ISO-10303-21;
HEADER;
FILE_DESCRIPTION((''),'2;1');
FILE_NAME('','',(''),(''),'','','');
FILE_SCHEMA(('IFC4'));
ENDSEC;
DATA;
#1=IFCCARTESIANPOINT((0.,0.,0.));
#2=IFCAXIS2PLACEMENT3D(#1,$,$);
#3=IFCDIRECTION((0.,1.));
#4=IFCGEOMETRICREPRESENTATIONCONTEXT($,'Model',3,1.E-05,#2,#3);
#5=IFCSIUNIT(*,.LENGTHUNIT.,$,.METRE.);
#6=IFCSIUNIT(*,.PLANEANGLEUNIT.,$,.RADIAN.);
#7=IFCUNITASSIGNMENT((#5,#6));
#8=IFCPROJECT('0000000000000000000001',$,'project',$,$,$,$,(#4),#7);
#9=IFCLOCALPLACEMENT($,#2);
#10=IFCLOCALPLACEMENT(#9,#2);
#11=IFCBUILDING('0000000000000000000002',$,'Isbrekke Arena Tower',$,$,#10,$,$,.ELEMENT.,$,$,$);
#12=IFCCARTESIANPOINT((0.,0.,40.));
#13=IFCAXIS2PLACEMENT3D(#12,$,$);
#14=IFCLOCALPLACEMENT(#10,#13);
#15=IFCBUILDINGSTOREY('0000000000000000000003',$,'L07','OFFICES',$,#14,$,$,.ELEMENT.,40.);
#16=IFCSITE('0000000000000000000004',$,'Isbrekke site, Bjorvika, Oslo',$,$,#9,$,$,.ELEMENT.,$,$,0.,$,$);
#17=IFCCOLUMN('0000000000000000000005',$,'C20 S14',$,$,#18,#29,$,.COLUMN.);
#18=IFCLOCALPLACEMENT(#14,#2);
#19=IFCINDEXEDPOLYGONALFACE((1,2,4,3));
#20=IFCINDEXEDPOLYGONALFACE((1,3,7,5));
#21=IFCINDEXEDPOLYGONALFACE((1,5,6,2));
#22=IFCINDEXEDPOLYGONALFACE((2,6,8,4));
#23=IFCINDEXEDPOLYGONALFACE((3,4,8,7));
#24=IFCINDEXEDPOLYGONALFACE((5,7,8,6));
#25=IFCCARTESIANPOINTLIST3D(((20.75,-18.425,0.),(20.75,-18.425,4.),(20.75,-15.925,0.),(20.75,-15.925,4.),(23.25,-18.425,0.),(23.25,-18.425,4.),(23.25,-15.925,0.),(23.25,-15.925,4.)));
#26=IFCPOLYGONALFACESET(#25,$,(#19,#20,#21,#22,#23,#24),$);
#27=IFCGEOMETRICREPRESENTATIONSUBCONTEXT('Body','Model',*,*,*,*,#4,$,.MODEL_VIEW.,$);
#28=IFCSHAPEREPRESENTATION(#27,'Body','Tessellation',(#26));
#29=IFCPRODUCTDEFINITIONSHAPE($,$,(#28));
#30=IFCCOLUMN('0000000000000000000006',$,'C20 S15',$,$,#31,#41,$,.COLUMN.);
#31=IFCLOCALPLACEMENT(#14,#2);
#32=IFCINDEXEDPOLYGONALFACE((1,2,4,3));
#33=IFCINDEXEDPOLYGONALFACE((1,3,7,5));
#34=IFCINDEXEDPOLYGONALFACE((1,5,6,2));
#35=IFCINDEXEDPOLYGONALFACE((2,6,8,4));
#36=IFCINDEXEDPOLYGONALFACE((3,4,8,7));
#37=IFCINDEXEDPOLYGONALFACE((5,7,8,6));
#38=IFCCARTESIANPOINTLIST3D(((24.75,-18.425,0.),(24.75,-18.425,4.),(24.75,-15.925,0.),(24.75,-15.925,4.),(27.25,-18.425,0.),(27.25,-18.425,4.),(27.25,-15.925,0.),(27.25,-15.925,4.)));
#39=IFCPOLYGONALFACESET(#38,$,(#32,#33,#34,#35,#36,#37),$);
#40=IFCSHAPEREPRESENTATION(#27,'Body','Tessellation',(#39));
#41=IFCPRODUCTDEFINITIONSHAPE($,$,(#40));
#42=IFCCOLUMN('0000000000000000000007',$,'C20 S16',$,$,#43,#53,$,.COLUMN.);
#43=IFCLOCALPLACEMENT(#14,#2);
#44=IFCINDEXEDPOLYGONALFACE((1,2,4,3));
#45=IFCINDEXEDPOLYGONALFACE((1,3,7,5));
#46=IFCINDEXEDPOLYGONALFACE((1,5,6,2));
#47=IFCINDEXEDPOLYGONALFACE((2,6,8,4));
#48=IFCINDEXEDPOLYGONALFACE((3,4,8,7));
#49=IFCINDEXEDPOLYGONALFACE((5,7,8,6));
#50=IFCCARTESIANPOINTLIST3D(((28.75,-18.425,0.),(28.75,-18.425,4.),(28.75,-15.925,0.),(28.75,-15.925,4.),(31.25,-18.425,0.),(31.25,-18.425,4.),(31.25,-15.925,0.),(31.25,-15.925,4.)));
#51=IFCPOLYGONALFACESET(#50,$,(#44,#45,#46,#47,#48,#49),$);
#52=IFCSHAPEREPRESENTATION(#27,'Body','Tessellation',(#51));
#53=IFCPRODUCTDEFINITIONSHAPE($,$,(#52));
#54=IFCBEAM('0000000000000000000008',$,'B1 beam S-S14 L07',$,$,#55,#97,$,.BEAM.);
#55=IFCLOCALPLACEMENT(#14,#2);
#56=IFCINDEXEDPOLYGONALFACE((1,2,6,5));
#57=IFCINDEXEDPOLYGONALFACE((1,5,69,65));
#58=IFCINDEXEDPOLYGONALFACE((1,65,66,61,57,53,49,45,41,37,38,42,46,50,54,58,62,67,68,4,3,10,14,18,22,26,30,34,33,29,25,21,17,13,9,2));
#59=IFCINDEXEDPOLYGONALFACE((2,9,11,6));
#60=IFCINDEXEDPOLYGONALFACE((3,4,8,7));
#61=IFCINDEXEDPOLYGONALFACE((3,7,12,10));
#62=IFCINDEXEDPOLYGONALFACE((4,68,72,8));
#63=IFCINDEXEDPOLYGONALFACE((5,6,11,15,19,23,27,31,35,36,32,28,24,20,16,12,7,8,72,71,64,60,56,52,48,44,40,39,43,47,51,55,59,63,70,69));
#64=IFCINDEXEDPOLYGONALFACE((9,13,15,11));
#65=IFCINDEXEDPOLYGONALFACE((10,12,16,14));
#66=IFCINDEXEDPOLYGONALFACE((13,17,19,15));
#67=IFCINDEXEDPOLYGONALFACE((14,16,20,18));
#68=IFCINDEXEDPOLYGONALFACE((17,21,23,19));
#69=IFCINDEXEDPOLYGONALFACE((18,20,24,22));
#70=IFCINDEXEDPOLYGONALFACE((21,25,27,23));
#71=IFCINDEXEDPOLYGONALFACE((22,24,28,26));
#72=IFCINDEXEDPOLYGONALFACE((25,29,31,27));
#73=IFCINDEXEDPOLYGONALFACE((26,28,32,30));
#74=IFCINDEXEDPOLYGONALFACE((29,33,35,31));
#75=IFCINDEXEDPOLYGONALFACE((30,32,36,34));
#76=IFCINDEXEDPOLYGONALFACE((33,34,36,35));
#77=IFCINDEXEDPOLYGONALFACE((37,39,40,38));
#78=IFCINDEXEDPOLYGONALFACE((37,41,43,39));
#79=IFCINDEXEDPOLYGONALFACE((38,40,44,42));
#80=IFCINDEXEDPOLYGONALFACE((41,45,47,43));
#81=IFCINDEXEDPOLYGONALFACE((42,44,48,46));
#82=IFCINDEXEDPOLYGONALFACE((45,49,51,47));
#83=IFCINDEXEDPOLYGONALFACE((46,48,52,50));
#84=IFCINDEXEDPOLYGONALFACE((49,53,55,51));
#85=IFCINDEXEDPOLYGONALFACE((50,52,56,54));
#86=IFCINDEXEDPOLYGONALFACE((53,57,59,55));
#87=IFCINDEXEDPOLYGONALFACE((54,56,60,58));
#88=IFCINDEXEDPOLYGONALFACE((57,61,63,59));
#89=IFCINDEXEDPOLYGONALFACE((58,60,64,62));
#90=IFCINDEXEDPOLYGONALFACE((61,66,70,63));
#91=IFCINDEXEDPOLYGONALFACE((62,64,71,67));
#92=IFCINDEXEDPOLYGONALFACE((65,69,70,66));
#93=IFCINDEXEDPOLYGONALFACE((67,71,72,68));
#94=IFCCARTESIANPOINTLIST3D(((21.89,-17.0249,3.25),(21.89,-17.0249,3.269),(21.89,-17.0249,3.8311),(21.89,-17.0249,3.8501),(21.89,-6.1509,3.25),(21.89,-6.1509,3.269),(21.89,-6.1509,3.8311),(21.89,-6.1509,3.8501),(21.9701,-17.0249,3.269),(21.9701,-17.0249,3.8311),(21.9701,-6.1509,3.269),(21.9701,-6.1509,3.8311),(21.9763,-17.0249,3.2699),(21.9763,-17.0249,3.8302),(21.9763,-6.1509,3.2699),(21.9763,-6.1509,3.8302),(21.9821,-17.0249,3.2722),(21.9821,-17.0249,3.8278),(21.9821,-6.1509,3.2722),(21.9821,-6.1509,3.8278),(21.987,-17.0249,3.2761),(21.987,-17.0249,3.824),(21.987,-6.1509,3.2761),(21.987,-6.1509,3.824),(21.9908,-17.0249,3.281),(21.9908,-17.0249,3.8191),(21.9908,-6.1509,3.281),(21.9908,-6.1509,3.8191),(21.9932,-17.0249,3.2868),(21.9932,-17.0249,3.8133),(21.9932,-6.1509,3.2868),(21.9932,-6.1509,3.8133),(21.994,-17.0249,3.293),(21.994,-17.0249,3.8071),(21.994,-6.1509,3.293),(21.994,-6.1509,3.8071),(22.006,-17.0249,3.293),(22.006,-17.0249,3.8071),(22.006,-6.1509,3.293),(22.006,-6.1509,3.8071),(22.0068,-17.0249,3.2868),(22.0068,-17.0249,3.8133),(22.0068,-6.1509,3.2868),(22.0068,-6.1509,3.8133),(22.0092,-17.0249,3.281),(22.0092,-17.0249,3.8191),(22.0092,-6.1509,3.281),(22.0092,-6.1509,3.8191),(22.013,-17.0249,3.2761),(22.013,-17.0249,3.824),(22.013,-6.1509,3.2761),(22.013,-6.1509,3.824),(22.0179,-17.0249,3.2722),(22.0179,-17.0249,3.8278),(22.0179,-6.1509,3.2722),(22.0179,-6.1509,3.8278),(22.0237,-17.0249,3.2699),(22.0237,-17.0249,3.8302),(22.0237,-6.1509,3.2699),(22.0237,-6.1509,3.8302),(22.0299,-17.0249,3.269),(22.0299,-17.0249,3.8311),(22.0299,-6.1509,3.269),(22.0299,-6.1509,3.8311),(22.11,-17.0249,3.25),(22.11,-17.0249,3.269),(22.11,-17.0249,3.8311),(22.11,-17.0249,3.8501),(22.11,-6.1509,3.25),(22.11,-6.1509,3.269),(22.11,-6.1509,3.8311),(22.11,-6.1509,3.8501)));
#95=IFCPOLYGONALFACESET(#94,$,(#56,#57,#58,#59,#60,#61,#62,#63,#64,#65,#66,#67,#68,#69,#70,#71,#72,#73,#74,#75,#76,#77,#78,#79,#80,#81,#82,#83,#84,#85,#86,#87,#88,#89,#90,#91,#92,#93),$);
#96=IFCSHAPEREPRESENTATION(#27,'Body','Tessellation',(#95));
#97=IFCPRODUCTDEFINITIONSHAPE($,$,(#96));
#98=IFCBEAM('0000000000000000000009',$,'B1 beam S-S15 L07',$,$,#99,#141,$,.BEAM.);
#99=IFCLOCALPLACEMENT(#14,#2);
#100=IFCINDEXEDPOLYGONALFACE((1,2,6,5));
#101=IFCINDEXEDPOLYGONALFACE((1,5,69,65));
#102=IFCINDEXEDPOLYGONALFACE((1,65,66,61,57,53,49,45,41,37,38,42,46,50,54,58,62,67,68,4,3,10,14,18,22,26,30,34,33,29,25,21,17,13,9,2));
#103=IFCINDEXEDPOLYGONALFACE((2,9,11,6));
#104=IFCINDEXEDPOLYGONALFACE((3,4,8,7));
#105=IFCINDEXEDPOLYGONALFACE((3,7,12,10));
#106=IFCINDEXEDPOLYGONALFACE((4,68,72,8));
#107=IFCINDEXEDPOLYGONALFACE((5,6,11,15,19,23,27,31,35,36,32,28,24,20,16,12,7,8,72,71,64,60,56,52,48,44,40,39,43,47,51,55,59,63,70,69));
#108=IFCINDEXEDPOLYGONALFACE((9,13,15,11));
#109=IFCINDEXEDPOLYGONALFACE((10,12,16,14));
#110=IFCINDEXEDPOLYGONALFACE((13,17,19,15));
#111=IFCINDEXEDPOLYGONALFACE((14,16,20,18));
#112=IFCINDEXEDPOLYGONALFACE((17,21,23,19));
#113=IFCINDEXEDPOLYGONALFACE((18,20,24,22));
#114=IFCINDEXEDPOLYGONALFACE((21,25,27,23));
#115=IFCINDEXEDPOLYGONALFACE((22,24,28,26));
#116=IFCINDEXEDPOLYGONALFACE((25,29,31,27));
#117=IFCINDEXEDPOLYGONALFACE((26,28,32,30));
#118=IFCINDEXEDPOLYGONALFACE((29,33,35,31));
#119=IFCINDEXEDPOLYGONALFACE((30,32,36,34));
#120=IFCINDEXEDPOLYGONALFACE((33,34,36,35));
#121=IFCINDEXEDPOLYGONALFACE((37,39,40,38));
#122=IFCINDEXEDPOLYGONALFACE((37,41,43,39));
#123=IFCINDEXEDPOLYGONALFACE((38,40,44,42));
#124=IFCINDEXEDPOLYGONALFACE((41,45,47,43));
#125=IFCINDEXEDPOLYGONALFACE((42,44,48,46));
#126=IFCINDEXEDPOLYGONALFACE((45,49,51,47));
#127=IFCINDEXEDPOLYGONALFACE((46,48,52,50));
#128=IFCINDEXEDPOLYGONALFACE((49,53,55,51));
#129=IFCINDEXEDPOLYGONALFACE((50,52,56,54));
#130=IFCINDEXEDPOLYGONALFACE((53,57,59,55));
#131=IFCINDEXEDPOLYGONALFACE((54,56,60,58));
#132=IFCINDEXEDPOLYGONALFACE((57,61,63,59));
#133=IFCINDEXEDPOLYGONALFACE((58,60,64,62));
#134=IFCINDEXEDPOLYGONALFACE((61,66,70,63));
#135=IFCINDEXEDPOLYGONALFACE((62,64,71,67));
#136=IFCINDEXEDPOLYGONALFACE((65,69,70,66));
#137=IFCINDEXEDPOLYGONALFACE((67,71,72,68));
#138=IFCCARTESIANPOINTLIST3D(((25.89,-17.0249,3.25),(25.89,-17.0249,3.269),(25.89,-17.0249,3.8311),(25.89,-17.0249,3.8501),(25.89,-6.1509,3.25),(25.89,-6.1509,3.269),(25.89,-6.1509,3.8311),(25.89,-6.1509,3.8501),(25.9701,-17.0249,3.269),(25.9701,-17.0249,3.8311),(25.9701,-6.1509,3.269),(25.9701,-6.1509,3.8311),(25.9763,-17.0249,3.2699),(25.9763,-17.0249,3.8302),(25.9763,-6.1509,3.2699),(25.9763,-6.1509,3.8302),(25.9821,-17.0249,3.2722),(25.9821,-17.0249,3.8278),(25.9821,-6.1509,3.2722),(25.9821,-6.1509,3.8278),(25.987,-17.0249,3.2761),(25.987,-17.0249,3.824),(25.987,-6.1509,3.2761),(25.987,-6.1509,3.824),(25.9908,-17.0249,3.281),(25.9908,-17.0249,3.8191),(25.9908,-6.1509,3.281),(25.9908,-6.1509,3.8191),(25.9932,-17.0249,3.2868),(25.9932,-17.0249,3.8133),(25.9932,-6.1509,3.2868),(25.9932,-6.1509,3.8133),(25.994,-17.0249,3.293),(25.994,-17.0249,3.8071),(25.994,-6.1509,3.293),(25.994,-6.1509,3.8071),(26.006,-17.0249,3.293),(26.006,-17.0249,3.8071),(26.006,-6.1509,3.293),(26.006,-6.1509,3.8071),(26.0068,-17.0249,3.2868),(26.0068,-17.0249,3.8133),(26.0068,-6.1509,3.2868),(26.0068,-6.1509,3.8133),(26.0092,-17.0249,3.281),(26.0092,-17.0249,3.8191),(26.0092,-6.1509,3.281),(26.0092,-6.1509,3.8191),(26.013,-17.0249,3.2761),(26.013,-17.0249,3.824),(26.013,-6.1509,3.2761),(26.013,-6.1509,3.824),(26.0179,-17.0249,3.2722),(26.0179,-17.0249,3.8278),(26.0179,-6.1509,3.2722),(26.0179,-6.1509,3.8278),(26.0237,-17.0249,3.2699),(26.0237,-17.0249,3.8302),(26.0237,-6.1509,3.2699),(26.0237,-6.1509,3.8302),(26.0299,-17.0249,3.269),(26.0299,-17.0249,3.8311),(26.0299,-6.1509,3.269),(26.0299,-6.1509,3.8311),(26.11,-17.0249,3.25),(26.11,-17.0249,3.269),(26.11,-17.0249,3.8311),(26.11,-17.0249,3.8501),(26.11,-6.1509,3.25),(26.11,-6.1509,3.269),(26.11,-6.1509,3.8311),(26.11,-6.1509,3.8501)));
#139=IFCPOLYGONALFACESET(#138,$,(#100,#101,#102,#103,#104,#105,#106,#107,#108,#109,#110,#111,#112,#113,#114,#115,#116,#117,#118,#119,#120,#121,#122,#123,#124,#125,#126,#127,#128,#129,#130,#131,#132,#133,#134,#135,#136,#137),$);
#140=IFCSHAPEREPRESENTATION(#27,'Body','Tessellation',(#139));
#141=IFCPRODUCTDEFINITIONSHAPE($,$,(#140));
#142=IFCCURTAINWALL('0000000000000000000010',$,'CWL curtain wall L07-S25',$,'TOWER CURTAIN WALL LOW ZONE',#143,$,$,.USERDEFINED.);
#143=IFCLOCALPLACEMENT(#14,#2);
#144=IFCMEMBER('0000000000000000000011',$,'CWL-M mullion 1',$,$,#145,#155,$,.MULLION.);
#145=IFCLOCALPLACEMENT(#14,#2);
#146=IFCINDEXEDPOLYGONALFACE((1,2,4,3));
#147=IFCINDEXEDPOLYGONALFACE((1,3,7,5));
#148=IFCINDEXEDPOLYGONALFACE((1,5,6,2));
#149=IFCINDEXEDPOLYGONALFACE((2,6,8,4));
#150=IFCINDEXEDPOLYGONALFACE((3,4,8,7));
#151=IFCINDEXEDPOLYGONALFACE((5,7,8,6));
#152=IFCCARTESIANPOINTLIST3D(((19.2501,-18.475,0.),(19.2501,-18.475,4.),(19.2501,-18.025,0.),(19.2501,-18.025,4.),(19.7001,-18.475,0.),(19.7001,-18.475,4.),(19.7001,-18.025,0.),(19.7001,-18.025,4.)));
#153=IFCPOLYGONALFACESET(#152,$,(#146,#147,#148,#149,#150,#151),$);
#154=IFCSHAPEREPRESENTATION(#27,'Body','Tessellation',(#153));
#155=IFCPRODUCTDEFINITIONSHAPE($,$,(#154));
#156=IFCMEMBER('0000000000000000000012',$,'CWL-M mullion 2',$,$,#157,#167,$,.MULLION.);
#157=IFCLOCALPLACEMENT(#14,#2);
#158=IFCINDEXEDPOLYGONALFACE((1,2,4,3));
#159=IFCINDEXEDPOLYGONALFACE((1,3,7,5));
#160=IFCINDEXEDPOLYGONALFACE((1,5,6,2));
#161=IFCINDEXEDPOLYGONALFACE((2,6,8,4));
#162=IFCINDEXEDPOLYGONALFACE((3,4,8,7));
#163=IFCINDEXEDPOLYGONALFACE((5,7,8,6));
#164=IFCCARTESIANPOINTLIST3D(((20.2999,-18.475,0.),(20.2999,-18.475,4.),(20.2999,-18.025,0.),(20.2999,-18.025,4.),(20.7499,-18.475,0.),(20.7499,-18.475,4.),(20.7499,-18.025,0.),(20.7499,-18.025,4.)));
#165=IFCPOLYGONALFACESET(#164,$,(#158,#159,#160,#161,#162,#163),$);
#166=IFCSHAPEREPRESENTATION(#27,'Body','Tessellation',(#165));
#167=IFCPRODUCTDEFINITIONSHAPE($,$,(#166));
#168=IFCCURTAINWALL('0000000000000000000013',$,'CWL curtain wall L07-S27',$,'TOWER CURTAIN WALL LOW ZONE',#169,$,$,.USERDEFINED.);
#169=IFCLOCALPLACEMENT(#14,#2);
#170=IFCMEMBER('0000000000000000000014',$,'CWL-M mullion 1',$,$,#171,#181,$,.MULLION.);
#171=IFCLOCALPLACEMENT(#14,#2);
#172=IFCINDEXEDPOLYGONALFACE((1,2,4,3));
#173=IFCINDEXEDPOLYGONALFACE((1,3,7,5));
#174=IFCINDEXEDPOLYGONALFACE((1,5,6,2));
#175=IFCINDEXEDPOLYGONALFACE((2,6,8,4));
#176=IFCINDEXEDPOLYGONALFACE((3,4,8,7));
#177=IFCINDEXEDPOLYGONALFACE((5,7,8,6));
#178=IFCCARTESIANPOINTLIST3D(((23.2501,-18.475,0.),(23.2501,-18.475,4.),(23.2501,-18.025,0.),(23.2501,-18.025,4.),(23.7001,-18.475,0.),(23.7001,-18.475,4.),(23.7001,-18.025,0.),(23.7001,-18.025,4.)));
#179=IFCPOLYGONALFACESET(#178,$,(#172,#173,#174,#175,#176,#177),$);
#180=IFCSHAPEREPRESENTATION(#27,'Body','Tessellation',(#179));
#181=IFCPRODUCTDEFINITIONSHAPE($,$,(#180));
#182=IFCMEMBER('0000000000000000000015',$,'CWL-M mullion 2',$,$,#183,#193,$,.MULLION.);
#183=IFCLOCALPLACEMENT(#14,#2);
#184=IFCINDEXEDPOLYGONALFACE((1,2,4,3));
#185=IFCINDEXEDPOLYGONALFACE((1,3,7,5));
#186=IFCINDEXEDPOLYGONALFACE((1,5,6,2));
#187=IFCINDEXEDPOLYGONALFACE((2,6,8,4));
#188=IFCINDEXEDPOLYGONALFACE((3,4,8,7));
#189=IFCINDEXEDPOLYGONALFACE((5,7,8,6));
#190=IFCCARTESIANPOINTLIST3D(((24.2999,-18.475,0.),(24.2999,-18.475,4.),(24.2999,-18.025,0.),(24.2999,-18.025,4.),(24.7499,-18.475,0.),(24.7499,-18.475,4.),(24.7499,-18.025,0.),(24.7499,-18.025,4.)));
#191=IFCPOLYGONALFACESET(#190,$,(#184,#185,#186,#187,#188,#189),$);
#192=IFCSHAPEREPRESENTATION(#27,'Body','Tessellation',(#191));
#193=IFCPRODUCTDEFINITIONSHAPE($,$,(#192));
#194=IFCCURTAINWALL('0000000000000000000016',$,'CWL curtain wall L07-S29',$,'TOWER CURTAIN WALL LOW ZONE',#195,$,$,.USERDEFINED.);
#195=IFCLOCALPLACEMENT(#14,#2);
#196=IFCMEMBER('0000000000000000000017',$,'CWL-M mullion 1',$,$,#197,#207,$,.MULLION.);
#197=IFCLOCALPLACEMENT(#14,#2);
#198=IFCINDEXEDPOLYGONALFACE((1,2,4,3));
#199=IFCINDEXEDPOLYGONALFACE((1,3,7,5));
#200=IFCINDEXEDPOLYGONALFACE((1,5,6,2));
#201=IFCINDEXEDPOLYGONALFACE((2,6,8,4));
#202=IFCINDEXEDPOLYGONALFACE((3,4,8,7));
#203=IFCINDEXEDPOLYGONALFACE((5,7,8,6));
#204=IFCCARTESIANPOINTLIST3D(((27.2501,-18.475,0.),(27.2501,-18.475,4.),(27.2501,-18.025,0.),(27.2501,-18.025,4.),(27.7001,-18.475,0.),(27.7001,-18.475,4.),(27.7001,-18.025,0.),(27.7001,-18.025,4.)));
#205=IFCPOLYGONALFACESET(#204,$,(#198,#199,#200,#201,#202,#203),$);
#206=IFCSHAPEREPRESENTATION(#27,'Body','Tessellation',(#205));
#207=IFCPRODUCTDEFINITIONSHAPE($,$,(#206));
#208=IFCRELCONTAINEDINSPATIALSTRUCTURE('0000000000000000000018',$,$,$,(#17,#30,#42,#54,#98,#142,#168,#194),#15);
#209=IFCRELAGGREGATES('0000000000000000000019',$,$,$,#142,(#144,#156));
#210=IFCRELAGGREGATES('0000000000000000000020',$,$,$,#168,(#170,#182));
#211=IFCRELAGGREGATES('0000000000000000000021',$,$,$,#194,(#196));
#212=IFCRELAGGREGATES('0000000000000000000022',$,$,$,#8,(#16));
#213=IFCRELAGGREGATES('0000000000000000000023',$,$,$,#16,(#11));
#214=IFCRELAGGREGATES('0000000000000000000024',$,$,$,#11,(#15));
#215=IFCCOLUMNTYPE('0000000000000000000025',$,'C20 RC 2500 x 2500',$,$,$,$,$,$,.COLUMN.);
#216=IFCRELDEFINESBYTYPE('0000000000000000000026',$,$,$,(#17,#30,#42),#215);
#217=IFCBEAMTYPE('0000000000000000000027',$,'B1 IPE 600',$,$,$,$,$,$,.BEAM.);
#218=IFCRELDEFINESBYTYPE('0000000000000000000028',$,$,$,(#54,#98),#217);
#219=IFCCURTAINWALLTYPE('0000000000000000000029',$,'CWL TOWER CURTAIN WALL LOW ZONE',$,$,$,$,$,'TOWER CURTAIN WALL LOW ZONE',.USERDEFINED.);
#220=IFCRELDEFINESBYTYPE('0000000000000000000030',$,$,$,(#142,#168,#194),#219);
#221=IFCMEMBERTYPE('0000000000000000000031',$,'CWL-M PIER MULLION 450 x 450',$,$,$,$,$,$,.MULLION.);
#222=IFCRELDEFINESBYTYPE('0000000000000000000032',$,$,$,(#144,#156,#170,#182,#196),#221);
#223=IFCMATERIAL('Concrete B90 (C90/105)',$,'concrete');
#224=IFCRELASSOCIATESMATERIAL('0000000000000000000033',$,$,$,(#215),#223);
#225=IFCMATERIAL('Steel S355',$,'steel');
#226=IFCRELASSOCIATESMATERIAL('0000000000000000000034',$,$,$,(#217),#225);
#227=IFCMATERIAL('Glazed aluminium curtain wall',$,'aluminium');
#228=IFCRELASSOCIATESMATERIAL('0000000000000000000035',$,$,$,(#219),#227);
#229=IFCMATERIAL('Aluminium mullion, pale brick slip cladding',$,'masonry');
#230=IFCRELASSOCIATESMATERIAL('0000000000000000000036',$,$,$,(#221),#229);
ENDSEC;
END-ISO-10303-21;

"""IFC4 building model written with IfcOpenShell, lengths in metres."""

from ifc_helpers import new_model, si_unit, direction, frame, origin, origin_2d, place, context, subcontext, project, spatial, rectangle, i_section, extrude, material, material_profile, profile_set, type_object, element, aggregate, save


model = new_model("IFC4")

# Units and contexts
model_context = context("Model", 3, precision=1e-05, world=origin(), true_north=direction((0.0, 1.0)))
body_context = subcontext(model_context, "Body", "Model", "MODEL_VIEW")
ifc_project = project(units=[si_unit("LENGTHUNIT", "METRE"), si_unit("PLANEANGLEUNIT", "RADIAN")], contexts=[model_context])

# Site, building, storey
site_placement = place(None, origin())
site = spatial("IfcSite", under=ifc_project, at=site_placement, Name="Isbrekke site, Bjorvika, Oslo", CompositionType="ELEMENT", RefElevation=0.0)
building_placement = place(site_placement, origin())
building = spatial("IfcBuilding", under=site, at=building_placement, Name="Isbrekke Arena Tower", CompositionType="ELEMENT")
storey_placement = place(building_placement, frame((0.0, 0.0, 40.0)))
storey = spatial("IfcBuildingStorey", under=building, at=storey_placement, Name="L07", Description="OFFICES", CompositionType="ELEMENT", Elevation=40.0)

# Columns
ifc_material_1 = material(Name="Concrete B90 (C90/105)", Category="concrete")
ifc_material_profile_1 = material_profile(ifc_material_1, rectangle(XDim=2.5, YDim=2.5, at=origin_2d()), Name="RC 2500x2500")
ifc_profile_set_1 = profile_set([ifc_material_profile_1], Name="Concrete B90 (C90/105)")
column_type = type_object("IfcColumnType", Name="C20 RC 2500 x 2500", PredefinedType="COLUMN", material=ifc_profile_set_1)
for number, where, z_axis, x_axis, name in (
    (1, (22.0, -17.175, 0.0), (0.0, 0.0, 1.0), (1.0, 0.0, 0.0), "C20 S14"),
    (2, (26.0, -17.175, 0.0), (0.0, 0.0, 1.0), (1.0, 0.0, 0.0), "C20 S15"),
    (3, (30.0, -17.175, 0.0), (0.0, 0.0, 1.0), (1.0, 0.0, 0.0), "C20 S16"),
):
    element("IfcColumn", number, at=place(storey_placement, frame(where, z_axis=z_axis, x_axis=x_axis)), inside=storey, type_object=column_type, Name=name, PredefinedType="COLUMN", context=body_context, shape_type="SweptSolid", body=[
        extrude(rectangle(XDim=2.5, YDim=2.5, at=origin_2d()), origin(), (0.0, 0.0, 1.0), 4.0),
    ])

# Beams
ifc_material_2 = material(Name="Steel S355", Category="steel")
ifc_material_profile_2 = material_profile(ifc_material_2, i_section(OverallWidth=0.22, OverallDepth=0.6001, WebThickness=0.012, FlangeThickness=0.019, FilletRadius=0.0239, at=origin_2d()), Name="IPE 600")
ifc_profile_set_2 = profile_set([ifc_material_profile_2], Name="Steel S355")
beam_type_1 = type_object("IfcBeamType", Name="B1 IPE 600", PredefinedType="BEAM", material=ifc_profile_set_2)
for number, where, z_axis, x_axis, name in (
    (4, (22.0, -17.0249, 3.55), (0.0, 1.0, 0.0), (-1.0, 0.0, 0.0), "B1 beam S-S14 L07"),
    (5, (26.0, -17.0249, 3.55), (0.0, 1.0, 0.0), (-1.0, 0.0, 0.0), "B1 beam S-S15 L07"),
):
    element("IfcBeam", number, at=place(storey_placement, frame(where, z_axis=z_axis, x_axis=x_axis)), inside=storey, type_object=beam_type_1, Name=name, PredefinedType="BEAM", context=body_context, shape_type="SweptSolid", body=[
        extrude(i_section(OverallWidth=0.22, OverallDepth=0.6001, WebThickness=0.012, FlangeThickness=0.019, FilletRadius=0.0239, at=origin_2d()), origin(), (0.0, 0.0, 1.0), 10.874),
    ])

# Curtain walls, members
ifc_material_3 = material(Name="Glazed aluminium curtain wall", Category="aluminium")
curtain_wall_type = type_object("IfcCurtainWallType", Name="CWL TOWER CURTAIN WALL LOW ZONE", ElementType="TOWER CURTAIN WALL LOW ZONE", PredefinedType="USERDEFINED", material=ifc_material_3)
curtain_wall_1_placement = place(storey_placement, origin())
curtain_wall_1 = element("IfcCurtainWall", 6, at=curtain_wall_1_placement, inside=storey, type_object=curtain_wall_type, Name="CWL curtain wall L07-S25", ObjectType="TOWER CURTAIN WALL LOW ZONE", PredefinedType="USERDEFINED")
ifc_material_4 = material(Name="Aluminium mullion, pale brick slip cladding", Category="masonry")
ifc_material_profile_3 = material_profile(ifc_material_4, rectangle(XDim=0.45, YDim=0.45, at=origin_2d()), Name="PIER 450X450")
ifc_profile_set_3 = profile_set([ifc_material_profile_3], Name="Aluminium mullion, pale brick slip cladding")
member_type_1 = type_object("IfcMemberType", Name="CWL-M PIER MULLION 450 x 450", PredefinedType="MULLION", material=ifc_profile_set_3)
member_1_placement = place(storey_placement, frame((19.4751, -18.25, 0.0), z_axis=(0.0, 0.0, 1.0), x_axis=(1.0, 0.0, 0.0)))
member_1 = element("IfcMember", 7, at=member_1_placement, type_object=member_type_1, Name="CWL-M mullion 1", PredefinedType="MULLION", context=body_context, shape_type="SweptSolid", body=[
    extrude(rectangle(XDim=0.45, YDim=0.45, at=origin_2d()), origin(), (0.0, 0.0, 1.0), 4.0),
])
member_2_placement = place(storey_placement, frame((20.5249, -18.25, 0.0), z_axis=(0.0, 0.0, 1.0), x_axis=(1.0, 0.0, 0.0)))
member_2 = element("IfcMember", 8, at=member_2_placement, type_object=member_type_1, Name="CWL-M mullion 2", PredefinedType="MULLION", context=body_context, shape_type="SweptSolid", body=[
    extrude(rectangle(XDim=0.45, YDim=0.45, at=origin_2d()), origin(), (0.0, 0.0, 1.0), 4.0),
])
curtain_wall_2_placement = place(storey_placement, origin())
curtain_wall_2 = element("IfcCurtainWall", 9, at=curtain_wall_2_placement, inside=storey, type_object=curtain_wall_type, Name="CWL curtain wall L07-S27", ObjectType="TOWER CURTAIN WALL LOW ZONE", PredefinedType="USERDEFINED")
member_3_placement = place(storey_placement, frame((23.4751, -18.25, 0.0), z_axis=(0.0, 0.0, 1.0), x_axis=(1.0, 0.0, 0.0)))
member_3 = element("IfcMember", 10, at=member_3_placement, type_object=member_type_1, Name="CWL-M mullion 1", PredefinedType="MULLION", context=body_context, shape_type="SweptSolid", body=[
    extrude(rectangle(XDim=0.45, YDim=0.45, at=origin_2d()), origin(), (0.0, 0.0, 1.0), 4.0),
])
member_4_placement = place(storey_placement, frame((24.5249, -18.25, 0.0), z_axis=(0.0, 0.0, 1.0), x_axis=(1.0, 0.0, 0.0)))
member_4 = element("IfcMember", 11, at=member_4_placement, type_object=member_type_1, Name="CWL-M mullion 2", PredefinedType="MULLION", context=body_context, shape_type="SweptSolid", body=[
    extrude(rectangle(XDim=0.45, YDim=0.45, at=origin_2d()), origin(), (0.0, 0.0, 1.0), 4.0),
])
curtain_wall_3_placement = place(storey_placement, origin())
curtain_wall_3 = element("IfcCurtainWall", 12, at=curtain_wall_3_placement, inside=storey, type_object=curtain_wall_type, Name="CWL curtain wall L07-S29", ObjectType="TOWER CURTAIN WALL LOW ZONE", PredefinedType="USERDEFINED")
member_5_placement = place(storey_placement, frame((27.4751, -18.25, 0.0), z_axis=(0.0, 0.0, 1.0), x_axis=(1.0, 0.0, 0.0)))
member_5 = element("IfcMember", 13, at=member_5_placement, type_object=member_type_1, Name="CWL-M mullion 1", PredefinedType="MULLION", context=body_context, shape_type="SweptSolid", body=[
    extrude(rectangle(XDim=0.45, YDim=0.45, at=origin_2d()), origin(), (0.0, 0.0, 1.0), 4.0),
])

aggregate(curtain_wall_1, [member_1, member_2])
aggregate(curtain_wall_2, [member_3, member_4])
aggregate(curtain_wall_3, [member_5])

save(model, "model.ifc")
